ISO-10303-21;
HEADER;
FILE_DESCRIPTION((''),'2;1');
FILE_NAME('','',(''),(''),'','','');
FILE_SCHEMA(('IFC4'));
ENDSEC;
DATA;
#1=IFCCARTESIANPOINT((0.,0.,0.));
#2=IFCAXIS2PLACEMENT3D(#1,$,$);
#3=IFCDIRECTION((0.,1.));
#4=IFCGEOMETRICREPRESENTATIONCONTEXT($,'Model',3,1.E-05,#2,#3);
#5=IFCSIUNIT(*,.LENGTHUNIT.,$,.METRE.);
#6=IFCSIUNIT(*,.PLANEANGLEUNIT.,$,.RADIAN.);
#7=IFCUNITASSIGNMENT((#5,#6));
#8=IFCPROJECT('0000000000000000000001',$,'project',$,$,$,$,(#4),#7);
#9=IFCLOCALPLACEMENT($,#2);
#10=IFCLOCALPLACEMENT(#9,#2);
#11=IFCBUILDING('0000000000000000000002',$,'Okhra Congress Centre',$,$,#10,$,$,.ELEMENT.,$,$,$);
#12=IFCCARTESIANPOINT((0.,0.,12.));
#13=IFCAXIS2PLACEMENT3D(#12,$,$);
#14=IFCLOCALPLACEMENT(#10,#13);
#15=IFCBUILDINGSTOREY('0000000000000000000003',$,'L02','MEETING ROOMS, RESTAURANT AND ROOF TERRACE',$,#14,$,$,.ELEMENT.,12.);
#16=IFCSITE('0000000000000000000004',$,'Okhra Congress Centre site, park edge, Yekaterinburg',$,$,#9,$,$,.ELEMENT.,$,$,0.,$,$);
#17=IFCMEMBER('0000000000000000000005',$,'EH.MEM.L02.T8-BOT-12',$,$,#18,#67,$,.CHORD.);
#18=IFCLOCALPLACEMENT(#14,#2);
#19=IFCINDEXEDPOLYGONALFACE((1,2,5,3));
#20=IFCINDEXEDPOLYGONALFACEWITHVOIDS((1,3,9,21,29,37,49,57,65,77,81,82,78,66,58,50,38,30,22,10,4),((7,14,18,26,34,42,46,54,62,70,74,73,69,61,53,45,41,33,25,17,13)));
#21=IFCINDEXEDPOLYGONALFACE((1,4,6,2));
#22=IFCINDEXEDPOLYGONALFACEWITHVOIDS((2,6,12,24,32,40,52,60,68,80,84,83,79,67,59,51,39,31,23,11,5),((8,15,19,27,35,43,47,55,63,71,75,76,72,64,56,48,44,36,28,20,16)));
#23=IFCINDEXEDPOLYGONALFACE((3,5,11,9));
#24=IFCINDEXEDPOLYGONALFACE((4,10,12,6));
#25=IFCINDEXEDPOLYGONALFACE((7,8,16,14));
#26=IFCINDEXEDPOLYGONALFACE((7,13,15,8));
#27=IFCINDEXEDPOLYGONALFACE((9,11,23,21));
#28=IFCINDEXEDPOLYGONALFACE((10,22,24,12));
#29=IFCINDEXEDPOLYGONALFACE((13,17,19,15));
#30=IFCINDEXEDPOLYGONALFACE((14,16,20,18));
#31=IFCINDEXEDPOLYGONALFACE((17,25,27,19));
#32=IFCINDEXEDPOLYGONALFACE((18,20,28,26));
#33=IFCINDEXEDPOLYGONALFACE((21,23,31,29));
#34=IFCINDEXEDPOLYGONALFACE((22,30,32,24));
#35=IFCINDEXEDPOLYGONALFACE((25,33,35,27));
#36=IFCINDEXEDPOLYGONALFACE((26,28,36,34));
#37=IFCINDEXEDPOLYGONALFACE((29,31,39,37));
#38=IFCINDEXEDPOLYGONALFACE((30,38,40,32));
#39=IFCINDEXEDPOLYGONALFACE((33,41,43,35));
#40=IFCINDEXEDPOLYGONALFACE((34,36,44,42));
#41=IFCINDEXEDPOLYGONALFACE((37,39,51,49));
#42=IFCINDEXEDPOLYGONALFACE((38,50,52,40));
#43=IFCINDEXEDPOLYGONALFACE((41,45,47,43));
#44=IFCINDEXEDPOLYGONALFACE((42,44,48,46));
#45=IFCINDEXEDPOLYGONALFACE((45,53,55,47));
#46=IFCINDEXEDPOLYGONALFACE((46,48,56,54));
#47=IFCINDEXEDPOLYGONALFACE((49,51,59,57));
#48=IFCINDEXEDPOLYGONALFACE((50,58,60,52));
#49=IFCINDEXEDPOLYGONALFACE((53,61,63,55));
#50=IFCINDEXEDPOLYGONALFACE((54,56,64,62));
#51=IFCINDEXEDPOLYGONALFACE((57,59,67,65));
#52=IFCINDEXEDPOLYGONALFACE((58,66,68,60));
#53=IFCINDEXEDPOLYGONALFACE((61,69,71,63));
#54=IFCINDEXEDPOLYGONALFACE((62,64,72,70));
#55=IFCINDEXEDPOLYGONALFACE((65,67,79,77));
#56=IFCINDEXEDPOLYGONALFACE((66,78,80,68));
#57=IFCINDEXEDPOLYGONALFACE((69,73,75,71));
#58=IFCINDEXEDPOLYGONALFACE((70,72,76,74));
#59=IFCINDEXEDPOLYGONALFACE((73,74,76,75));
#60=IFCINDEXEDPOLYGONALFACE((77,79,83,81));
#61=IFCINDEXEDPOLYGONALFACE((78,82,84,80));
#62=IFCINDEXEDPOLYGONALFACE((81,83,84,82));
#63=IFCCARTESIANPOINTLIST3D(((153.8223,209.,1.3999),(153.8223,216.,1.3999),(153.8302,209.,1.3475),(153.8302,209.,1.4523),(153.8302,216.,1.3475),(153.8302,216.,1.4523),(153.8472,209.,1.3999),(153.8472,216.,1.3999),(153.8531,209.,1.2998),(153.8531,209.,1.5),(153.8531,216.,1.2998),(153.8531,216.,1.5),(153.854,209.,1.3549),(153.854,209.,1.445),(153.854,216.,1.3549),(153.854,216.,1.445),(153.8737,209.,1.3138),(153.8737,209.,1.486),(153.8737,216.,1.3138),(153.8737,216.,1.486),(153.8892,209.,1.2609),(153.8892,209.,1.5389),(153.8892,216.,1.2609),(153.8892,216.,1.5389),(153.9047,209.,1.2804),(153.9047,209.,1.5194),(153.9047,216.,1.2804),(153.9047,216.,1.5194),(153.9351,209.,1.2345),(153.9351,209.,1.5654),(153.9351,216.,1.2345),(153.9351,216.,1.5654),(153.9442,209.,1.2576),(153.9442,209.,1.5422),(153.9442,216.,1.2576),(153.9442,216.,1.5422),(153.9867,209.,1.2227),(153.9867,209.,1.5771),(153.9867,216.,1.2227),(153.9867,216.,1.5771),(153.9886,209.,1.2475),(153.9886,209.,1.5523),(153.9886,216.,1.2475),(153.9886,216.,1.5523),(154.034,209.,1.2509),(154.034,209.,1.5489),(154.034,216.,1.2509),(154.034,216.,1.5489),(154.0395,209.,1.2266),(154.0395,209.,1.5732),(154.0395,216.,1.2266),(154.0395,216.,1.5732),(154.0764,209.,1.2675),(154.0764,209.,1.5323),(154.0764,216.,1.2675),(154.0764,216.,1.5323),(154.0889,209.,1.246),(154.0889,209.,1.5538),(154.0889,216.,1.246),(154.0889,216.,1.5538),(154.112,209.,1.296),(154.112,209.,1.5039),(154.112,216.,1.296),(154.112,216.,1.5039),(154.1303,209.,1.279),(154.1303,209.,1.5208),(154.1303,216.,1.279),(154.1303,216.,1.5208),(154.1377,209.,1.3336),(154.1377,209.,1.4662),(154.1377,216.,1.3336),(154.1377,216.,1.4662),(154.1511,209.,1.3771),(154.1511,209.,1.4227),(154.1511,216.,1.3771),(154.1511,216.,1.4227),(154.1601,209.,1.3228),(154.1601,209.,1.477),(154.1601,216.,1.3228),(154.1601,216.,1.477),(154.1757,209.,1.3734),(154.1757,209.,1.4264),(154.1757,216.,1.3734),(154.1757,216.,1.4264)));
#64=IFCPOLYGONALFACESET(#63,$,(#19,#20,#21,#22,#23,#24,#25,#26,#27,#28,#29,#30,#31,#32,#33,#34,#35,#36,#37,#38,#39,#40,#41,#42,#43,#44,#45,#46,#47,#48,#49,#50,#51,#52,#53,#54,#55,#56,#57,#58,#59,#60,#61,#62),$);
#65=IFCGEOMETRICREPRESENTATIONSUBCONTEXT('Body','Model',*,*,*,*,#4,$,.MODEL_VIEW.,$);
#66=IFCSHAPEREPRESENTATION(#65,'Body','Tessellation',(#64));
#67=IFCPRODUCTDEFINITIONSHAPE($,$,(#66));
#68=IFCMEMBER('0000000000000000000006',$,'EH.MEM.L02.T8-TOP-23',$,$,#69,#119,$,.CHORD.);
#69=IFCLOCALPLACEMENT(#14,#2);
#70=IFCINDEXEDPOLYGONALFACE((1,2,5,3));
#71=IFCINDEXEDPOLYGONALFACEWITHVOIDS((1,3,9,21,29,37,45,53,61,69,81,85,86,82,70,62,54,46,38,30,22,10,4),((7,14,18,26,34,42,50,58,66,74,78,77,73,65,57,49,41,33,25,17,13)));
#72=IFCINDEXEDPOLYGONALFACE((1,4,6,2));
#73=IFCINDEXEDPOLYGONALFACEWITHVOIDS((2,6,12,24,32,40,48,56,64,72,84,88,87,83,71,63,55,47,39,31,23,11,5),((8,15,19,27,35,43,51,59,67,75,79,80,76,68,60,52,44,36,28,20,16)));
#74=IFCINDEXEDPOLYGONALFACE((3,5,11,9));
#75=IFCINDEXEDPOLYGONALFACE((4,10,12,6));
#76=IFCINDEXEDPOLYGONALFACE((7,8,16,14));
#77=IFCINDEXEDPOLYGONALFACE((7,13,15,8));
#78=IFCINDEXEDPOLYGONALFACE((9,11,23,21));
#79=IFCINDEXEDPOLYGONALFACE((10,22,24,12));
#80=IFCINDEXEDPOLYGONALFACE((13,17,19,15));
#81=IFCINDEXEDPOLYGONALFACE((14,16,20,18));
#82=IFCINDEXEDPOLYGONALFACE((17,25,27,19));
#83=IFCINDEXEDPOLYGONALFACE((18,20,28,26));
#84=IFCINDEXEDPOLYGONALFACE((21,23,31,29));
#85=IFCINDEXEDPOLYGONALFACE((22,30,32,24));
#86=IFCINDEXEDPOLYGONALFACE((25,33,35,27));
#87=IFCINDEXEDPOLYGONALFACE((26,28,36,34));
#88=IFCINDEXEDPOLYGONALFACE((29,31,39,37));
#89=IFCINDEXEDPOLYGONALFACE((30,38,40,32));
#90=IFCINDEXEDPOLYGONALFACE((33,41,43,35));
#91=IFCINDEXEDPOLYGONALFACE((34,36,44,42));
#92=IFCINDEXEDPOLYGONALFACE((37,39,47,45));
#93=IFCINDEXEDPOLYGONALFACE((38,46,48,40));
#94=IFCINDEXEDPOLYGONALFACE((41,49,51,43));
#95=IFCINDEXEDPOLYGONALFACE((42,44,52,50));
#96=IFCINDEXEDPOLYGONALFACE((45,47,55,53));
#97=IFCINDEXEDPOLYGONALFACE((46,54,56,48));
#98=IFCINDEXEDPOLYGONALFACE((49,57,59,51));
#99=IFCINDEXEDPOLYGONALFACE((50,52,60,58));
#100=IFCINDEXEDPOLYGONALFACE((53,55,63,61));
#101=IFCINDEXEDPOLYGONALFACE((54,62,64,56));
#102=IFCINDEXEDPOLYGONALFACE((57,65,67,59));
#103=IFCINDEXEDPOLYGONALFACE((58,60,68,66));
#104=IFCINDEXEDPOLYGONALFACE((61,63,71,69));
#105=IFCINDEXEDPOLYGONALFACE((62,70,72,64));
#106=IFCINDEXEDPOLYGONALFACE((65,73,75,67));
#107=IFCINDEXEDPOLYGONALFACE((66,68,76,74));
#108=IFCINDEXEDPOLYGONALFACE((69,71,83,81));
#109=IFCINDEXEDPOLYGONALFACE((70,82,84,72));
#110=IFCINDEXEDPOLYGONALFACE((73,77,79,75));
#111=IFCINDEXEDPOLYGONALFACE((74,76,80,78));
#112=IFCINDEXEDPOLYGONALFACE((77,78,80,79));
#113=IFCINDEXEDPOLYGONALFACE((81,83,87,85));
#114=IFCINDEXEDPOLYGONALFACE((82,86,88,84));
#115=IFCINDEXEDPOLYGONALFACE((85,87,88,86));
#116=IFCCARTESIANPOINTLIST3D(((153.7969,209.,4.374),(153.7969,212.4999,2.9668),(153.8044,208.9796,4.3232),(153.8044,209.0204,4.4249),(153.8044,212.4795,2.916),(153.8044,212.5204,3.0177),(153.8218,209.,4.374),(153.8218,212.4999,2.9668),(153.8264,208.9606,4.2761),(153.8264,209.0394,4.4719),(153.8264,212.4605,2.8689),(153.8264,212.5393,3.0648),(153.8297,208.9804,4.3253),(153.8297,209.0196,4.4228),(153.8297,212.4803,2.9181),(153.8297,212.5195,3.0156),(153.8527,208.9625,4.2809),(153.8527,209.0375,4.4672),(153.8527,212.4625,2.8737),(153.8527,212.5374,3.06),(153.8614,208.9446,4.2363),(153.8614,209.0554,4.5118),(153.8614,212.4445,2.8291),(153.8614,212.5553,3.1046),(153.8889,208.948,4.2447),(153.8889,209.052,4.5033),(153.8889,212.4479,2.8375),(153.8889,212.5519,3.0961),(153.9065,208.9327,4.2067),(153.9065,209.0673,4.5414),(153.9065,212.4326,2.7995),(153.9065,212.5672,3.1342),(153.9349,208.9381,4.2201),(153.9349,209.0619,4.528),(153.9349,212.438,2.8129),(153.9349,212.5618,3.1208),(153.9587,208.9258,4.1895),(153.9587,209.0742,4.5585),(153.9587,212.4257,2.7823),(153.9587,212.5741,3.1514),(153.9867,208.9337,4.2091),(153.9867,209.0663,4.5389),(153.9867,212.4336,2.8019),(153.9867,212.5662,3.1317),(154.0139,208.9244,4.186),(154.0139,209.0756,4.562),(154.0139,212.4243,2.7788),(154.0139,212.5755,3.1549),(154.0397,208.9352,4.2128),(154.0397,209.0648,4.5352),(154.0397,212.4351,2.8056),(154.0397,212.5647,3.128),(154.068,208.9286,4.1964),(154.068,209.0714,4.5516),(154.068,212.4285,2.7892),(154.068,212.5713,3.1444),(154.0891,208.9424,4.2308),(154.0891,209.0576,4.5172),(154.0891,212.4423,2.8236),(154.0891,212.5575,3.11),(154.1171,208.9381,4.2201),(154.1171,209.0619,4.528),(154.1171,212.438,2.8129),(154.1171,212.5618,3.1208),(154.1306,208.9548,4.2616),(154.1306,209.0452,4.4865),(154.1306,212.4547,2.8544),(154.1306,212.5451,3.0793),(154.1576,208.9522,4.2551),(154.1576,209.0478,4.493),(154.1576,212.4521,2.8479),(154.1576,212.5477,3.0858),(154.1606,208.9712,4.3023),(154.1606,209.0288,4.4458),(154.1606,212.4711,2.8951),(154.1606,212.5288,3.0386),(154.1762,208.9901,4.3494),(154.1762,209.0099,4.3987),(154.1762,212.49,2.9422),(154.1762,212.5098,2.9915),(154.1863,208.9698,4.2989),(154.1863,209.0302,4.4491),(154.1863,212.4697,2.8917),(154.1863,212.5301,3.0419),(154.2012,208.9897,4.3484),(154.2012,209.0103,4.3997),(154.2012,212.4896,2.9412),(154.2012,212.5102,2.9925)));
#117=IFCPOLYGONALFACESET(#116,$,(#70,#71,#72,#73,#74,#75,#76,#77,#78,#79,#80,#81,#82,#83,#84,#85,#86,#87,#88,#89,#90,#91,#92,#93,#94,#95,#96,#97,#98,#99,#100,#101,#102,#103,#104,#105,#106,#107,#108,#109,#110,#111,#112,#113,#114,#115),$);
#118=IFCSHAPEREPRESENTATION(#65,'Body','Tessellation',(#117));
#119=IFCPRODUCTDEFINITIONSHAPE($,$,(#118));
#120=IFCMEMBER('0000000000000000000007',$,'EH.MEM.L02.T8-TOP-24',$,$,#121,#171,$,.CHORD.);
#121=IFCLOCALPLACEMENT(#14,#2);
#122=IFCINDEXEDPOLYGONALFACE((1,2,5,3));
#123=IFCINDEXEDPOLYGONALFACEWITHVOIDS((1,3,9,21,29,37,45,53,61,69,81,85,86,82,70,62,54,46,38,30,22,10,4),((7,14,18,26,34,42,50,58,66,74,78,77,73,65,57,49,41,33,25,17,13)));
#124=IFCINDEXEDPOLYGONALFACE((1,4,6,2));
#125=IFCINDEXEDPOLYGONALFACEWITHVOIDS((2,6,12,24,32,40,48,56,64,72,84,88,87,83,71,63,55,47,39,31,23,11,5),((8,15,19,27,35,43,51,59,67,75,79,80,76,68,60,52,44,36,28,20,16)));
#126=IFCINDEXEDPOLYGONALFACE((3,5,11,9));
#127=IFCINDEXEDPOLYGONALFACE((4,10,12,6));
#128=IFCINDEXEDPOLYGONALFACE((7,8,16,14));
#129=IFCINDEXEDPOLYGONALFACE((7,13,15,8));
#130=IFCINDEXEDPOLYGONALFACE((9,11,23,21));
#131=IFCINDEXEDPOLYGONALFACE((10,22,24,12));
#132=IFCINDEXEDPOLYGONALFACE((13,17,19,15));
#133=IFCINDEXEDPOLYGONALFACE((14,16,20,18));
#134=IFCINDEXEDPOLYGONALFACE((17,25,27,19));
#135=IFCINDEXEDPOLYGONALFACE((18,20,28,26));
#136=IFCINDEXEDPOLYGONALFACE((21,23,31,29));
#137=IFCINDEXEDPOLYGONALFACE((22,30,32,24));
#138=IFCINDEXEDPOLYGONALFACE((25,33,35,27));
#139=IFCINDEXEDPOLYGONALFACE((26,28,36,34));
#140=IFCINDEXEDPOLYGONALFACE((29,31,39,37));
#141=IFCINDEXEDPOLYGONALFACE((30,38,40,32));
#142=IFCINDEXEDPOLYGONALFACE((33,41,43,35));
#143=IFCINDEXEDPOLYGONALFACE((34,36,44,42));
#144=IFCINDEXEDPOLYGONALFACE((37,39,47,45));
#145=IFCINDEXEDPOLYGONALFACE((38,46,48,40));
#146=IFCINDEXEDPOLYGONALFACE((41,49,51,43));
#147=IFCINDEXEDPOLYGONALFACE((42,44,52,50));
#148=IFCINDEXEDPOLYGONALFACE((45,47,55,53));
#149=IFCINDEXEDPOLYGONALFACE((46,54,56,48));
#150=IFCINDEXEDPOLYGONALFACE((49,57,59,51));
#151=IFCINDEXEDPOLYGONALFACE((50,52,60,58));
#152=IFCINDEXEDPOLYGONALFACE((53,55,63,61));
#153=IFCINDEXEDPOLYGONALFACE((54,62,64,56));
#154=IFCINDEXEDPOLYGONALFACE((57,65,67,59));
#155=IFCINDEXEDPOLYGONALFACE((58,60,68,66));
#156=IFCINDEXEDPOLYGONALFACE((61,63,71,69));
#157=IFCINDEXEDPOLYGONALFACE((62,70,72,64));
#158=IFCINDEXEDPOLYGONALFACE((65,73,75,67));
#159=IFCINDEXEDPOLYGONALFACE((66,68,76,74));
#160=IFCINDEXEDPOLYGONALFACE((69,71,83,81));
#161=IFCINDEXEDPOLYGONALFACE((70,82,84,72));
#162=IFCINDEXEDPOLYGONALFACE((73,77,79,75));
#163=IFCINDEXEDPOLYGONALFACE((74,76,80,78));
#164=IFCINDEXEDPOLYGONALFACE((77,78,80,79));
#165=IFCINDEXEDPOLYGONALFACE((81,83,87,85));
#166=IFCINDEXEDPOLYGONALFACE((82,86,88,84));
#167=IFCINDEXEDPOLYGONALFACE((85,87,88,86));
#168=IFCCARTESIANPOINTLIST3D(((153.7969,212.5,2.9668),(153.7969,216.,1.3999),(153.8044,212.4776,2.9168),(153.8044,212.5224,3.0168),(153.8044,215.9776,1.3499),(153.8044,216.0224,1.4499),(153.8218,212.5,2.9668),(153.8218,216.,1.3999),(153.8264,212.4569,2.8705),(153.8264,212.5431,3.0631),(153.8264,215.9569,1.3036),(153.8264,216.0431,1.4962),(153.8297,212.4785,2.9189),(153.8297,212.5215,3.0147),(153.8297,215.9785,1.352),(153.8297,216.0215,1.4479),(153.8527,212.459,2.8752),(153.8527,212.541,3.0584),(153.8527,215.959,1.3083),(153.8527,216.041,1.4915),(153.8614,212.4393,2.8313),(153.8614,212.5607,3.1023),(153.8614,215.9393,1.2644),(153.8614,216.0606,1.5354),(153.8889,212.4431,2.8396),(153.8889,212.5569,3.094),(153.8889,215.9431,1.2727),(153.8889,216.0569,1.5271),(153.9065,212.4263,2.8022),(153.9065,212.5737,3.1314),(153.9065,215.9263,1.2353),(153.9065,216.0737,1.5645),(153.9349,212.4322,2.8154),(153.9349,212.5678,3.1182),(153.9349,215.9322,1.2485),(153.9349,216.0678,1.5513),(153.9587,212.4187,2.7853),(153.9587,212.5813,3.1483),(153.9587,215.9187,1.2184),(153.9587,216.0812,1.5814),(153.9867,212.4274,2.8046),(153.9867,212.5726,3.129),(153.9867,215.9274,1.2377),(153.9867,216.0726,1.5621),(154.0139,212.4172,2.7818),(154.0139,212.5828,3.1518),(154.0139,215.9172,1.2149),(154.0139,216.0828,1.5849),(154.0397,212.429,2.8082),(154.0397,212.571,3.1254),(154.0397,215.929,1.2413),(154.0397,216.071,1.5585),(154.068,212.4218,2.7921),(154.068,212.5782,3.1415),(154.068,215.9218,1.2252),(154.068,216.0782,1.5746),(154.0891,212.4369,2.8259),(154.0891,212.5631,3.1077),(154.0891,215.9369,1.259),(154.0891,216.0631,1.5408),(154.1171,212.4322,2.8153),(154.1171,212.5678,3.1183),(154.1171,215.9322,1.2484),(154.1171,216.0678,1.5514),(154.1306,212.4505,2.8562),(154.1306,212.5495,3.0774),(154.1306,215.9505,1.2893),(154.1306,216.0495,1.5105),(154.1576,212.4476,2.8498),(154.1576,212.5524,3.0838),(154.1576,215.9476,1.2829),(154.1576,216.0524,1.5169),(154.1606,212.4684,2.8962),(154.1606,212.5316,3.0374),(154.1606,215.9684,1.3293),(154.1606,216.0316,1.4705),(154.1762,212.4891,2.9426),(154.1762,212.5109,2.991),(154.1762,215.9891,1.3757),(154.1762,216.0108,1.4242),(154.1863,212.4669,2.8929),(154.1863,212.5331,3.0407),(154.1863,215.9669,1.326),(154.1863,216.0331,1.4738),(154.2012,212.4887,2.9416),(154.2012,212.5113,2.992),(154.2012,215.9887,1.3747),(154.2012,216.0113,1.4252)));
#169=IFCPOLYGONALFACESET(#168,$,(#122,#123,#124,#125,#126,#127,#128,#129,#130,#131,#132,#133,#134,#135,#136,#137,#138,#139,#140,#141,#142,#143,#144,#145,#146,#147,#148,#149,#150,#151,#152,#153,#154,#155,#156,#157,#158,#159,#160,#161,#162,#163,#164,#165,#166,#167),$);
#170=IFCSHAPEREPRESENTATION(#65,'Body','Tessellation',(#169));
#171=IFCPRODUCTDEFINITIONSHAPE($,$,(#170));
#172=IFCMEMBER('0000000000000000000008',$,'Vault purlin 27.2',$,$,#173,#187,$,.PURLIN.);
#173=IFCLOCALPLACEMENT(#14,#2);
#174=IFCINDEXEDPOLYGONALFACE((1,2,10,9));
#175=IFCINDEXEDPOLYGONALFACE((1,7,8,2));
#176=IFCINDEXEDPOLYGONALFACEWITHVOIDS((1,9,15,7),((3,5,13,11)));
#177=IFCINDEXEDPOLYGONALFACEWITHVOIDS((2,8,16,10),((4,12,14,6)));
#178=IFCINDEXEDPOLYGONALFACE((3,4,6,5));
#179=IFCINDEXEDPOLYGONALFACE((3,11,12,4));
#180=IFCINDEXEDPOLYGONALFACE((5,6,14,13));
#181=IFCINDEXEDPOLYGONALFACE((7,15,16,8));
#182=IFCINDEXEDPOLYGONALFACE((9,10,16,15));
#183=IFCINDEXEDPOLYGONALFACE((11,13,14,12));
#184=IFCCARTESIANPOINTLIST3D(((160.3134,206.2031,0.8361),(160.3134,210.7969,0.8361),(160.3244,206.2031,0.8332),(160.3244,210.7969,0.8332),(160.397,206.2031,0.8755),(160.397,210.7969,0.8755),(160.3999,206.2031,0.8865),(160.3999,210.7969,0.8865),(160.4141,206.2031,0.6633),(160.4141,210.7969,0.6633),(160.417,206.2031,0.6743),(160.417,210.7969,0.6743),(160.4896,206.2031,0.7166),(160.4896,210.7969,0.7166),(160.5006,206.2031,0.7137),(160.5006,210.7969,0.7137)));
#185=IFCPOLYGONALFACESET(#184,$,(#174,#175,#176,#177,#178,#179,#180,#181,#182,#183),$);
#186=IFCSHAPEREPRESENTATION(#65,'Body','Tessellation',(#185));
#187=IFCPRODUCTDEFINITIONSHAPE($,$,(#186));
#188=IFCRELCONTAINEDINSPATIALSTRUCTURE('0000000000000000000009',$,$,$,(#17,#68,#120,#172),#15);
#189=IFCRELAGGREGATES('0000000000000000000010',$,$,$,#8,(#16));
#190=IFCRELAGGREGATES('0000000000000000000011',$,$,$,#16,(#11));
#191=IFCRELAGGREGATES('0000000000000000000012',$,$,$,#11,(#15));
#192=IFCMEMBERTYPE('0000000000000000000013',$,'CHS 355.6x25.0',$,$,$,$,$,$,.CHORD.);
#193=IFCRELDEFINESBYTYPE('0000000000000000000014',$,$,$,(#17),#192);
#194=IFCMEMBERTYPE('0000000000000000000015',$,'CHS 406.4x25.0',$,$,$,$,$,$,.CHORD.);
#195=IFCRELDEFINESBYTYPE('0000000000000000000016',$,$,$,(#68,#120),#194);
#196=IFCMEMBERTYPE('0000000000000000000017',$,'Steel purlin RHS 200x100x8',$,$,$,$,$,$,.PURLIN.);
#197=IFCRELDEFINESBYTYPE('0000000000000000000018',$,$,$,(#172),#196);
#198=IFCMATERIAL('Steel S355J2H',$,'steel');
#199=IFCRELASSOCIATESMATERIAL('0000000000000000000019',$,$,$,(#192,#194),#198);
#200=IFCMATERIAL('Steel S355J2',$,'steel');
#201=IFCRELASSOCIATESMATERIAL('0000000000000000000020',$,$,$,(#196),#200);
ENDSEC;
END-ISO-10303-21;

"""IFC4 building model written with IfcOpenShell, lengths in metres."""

from ifc_helpers import new_model, si_unit, direction, frame, origin, origin_2d, place, context, subcontext, project, spatial, hollow_rectangle, hollow_circle, extrude, material, material_profile, profile_set, type_object, element, save


model = new_model("IFC4")

# Units and contexts
model_context = context("Model", 3, precision=1e-05, world=origin(), true_north=direction((0.0, 1.0)))
body_context = subcontext(model_context, "Body", "Model", "MODEL_VIEW")
ifc_project = project(units=[si_unit("LENGTHUNIT", "METRE"), si_unit("PLANEANGLEUNIT", "RADIAN")], contexts=[model_context])

# Site, building, storey
site_placement = place(None, origin())
site = spatial("IfcSite", under=ifc_project, at=site_placement, Name="Okhra Congress Centre site, park edge, Yekaterinburg", CompositionType="ELEMENT", RefElevation=0.0)
building_placement = place(site_placement, origin())
building = spatial("IfcBuilding", under=site, at=building_placement, Name="Okhra Congress Centre", CompositionType="ELEMENT")
storey_placement = place(building_placement, frame((0.0, 0.0, 12.0)))
storey = spatial("IfcBuildingStorey", under=building, at=storey_placement, Name="L02", Description="MEETING ROOMS, RESTAURANT AND ROOF TERRACE", CompositionType="ELEMENT", Elevation=12.0)

# Members
ifc_material_1 = material(Name="Steel S355J2H", Category="steel")
ifc_material_profile_1 = material_profile(ifc_material_1, hollow_circle(Radius=0.1777, WallThickness=0.0249, at=origin_2d()), Name="CHS 355.6x25.0")
ifc_profile_set_1 = profile_set([ifc_material_profile_1], Name="Steel S355J2H")
member_type_1 = type_object("IfcMemberType", Name="CHS 355.6x25.0", PredefinedType="CHORD", material=ifc_profile_set_1)
member_1_placement = place(storey_placement, frame((154.0, 209.0, 1.3999), z_axis=(0.0, 1.0, 0.0), x_axis=(-1.0, 0.0, 0.0)))
element("IfcMember", 1, at=member_1_placement, inside=storey, type_object=member_type_1, Name="EH.MEM.L02.T8-BOT-12", PredefinedType="CHORD", context=body_context, shape_type="SweptSolid", body=[
    extrude(hollow_circle(Radius=0.1777, WallThickness=0.0249, at=origin_2d()), origin(), (0.0, 0.0, 1.0), 7.0),
])
ifc_material_profile_2 = material_profile(ifc_material_1, hollow_circle(Radius=0.2031, WallThickness=0.0249, at=origin_2d()), Name="CHS 406.4x25.0")
ifc_profile_set_2 = profile_set([ifc_material_profile_2], Name="Steel S355J2H")
member_type_2 = type_object("IfcMemberType", Name="CHS 406.4x25.0", PredefinedType="CHORD", material=ifc_profile_set_2)
member_2_placement = place(storey_placement, frame((154.0, 209.0, 4.374), z_axis=(0.0, 0.927815, -0.373042), x_axis=(-1.0, 0.0, 0.0)))
element("IfcMember", 2, at=member_2_placement, inside=storey, type_object=member_type_2, Name="EH.MEM.L02.T8-TOP-23", PredefinedType="CHORD", context=body_context, shape_type="SweptSolid", body=[
    extrude(hollow_circle(Radius=0.2031, WallThickness=0.0249, at=origin_2d()), origin(), (0.0, 0.0, 1.0), 3.7722),
])
member_3_placement = place(storey_placement, frame((154.0, 212.5, 2.9668), z_axis=(0.0, 0.912711, -0.408606), x_axis=(-1.0, 0.0, 0.0)))
element("IfcMember", 3, at=member_3_placement, inside=storey, type_object=member_type_2, Name="EH.MEM.L02.T8-TOP-24", PredefinedType="CHORD", context=body_context, shape_type="SweptSolid", body=[
    extrude(hollow_circle(Radius=0.2031, WallThickness=0.0249, at=origin_2d()), origin(), (0.0, 0.0, 1.0), 3.8347),
])
ifc_material_2 = material(Name="Steel S355J2", Category="steel")
ifc_material_profile_3 = material_profile(ifc_material_2, hollow_rectangle(XDim=0.1001, YDim=0.2, WallThickness=0.0081, at=origin_2d()), Name="RHS 200x100x8")
ifc_profile_set_3 = profile_set([ifc_material_profile_3], Name="Steel S355J2")
member_type_3 = type_object("IfcMemberType", Name="Steel purlin RHS 200x100x8", PredefinedType="PURLIN", material=ifc_profile_set_3)
for number, where, z_axis, x_axis, name in (
    (4, (160.407, 206.2031, 0.7749), (0.0, 1.0, 0.0), (-0.863917, 0.0, -0.503634), "Vault purlin 27.2"),
):
    element("IfcMember", number, at=place(storey_placement, frame(where, z_axis=z_axis, x_axis=x_axis)), inside=storey, type_object=member_type_3, Name=name, PredefinedType="PURLIN", context=body_context, shape_type="SweptSolid", body=[
        extrude(hollow_rectangle(XDim=0.1001, YDim=0.2, WallThickness=0.0081, at=origin_2d()), origin(), (0.0, 0.0, 1.0), 4.5938),
    ])

save(model, "model.ifc")
